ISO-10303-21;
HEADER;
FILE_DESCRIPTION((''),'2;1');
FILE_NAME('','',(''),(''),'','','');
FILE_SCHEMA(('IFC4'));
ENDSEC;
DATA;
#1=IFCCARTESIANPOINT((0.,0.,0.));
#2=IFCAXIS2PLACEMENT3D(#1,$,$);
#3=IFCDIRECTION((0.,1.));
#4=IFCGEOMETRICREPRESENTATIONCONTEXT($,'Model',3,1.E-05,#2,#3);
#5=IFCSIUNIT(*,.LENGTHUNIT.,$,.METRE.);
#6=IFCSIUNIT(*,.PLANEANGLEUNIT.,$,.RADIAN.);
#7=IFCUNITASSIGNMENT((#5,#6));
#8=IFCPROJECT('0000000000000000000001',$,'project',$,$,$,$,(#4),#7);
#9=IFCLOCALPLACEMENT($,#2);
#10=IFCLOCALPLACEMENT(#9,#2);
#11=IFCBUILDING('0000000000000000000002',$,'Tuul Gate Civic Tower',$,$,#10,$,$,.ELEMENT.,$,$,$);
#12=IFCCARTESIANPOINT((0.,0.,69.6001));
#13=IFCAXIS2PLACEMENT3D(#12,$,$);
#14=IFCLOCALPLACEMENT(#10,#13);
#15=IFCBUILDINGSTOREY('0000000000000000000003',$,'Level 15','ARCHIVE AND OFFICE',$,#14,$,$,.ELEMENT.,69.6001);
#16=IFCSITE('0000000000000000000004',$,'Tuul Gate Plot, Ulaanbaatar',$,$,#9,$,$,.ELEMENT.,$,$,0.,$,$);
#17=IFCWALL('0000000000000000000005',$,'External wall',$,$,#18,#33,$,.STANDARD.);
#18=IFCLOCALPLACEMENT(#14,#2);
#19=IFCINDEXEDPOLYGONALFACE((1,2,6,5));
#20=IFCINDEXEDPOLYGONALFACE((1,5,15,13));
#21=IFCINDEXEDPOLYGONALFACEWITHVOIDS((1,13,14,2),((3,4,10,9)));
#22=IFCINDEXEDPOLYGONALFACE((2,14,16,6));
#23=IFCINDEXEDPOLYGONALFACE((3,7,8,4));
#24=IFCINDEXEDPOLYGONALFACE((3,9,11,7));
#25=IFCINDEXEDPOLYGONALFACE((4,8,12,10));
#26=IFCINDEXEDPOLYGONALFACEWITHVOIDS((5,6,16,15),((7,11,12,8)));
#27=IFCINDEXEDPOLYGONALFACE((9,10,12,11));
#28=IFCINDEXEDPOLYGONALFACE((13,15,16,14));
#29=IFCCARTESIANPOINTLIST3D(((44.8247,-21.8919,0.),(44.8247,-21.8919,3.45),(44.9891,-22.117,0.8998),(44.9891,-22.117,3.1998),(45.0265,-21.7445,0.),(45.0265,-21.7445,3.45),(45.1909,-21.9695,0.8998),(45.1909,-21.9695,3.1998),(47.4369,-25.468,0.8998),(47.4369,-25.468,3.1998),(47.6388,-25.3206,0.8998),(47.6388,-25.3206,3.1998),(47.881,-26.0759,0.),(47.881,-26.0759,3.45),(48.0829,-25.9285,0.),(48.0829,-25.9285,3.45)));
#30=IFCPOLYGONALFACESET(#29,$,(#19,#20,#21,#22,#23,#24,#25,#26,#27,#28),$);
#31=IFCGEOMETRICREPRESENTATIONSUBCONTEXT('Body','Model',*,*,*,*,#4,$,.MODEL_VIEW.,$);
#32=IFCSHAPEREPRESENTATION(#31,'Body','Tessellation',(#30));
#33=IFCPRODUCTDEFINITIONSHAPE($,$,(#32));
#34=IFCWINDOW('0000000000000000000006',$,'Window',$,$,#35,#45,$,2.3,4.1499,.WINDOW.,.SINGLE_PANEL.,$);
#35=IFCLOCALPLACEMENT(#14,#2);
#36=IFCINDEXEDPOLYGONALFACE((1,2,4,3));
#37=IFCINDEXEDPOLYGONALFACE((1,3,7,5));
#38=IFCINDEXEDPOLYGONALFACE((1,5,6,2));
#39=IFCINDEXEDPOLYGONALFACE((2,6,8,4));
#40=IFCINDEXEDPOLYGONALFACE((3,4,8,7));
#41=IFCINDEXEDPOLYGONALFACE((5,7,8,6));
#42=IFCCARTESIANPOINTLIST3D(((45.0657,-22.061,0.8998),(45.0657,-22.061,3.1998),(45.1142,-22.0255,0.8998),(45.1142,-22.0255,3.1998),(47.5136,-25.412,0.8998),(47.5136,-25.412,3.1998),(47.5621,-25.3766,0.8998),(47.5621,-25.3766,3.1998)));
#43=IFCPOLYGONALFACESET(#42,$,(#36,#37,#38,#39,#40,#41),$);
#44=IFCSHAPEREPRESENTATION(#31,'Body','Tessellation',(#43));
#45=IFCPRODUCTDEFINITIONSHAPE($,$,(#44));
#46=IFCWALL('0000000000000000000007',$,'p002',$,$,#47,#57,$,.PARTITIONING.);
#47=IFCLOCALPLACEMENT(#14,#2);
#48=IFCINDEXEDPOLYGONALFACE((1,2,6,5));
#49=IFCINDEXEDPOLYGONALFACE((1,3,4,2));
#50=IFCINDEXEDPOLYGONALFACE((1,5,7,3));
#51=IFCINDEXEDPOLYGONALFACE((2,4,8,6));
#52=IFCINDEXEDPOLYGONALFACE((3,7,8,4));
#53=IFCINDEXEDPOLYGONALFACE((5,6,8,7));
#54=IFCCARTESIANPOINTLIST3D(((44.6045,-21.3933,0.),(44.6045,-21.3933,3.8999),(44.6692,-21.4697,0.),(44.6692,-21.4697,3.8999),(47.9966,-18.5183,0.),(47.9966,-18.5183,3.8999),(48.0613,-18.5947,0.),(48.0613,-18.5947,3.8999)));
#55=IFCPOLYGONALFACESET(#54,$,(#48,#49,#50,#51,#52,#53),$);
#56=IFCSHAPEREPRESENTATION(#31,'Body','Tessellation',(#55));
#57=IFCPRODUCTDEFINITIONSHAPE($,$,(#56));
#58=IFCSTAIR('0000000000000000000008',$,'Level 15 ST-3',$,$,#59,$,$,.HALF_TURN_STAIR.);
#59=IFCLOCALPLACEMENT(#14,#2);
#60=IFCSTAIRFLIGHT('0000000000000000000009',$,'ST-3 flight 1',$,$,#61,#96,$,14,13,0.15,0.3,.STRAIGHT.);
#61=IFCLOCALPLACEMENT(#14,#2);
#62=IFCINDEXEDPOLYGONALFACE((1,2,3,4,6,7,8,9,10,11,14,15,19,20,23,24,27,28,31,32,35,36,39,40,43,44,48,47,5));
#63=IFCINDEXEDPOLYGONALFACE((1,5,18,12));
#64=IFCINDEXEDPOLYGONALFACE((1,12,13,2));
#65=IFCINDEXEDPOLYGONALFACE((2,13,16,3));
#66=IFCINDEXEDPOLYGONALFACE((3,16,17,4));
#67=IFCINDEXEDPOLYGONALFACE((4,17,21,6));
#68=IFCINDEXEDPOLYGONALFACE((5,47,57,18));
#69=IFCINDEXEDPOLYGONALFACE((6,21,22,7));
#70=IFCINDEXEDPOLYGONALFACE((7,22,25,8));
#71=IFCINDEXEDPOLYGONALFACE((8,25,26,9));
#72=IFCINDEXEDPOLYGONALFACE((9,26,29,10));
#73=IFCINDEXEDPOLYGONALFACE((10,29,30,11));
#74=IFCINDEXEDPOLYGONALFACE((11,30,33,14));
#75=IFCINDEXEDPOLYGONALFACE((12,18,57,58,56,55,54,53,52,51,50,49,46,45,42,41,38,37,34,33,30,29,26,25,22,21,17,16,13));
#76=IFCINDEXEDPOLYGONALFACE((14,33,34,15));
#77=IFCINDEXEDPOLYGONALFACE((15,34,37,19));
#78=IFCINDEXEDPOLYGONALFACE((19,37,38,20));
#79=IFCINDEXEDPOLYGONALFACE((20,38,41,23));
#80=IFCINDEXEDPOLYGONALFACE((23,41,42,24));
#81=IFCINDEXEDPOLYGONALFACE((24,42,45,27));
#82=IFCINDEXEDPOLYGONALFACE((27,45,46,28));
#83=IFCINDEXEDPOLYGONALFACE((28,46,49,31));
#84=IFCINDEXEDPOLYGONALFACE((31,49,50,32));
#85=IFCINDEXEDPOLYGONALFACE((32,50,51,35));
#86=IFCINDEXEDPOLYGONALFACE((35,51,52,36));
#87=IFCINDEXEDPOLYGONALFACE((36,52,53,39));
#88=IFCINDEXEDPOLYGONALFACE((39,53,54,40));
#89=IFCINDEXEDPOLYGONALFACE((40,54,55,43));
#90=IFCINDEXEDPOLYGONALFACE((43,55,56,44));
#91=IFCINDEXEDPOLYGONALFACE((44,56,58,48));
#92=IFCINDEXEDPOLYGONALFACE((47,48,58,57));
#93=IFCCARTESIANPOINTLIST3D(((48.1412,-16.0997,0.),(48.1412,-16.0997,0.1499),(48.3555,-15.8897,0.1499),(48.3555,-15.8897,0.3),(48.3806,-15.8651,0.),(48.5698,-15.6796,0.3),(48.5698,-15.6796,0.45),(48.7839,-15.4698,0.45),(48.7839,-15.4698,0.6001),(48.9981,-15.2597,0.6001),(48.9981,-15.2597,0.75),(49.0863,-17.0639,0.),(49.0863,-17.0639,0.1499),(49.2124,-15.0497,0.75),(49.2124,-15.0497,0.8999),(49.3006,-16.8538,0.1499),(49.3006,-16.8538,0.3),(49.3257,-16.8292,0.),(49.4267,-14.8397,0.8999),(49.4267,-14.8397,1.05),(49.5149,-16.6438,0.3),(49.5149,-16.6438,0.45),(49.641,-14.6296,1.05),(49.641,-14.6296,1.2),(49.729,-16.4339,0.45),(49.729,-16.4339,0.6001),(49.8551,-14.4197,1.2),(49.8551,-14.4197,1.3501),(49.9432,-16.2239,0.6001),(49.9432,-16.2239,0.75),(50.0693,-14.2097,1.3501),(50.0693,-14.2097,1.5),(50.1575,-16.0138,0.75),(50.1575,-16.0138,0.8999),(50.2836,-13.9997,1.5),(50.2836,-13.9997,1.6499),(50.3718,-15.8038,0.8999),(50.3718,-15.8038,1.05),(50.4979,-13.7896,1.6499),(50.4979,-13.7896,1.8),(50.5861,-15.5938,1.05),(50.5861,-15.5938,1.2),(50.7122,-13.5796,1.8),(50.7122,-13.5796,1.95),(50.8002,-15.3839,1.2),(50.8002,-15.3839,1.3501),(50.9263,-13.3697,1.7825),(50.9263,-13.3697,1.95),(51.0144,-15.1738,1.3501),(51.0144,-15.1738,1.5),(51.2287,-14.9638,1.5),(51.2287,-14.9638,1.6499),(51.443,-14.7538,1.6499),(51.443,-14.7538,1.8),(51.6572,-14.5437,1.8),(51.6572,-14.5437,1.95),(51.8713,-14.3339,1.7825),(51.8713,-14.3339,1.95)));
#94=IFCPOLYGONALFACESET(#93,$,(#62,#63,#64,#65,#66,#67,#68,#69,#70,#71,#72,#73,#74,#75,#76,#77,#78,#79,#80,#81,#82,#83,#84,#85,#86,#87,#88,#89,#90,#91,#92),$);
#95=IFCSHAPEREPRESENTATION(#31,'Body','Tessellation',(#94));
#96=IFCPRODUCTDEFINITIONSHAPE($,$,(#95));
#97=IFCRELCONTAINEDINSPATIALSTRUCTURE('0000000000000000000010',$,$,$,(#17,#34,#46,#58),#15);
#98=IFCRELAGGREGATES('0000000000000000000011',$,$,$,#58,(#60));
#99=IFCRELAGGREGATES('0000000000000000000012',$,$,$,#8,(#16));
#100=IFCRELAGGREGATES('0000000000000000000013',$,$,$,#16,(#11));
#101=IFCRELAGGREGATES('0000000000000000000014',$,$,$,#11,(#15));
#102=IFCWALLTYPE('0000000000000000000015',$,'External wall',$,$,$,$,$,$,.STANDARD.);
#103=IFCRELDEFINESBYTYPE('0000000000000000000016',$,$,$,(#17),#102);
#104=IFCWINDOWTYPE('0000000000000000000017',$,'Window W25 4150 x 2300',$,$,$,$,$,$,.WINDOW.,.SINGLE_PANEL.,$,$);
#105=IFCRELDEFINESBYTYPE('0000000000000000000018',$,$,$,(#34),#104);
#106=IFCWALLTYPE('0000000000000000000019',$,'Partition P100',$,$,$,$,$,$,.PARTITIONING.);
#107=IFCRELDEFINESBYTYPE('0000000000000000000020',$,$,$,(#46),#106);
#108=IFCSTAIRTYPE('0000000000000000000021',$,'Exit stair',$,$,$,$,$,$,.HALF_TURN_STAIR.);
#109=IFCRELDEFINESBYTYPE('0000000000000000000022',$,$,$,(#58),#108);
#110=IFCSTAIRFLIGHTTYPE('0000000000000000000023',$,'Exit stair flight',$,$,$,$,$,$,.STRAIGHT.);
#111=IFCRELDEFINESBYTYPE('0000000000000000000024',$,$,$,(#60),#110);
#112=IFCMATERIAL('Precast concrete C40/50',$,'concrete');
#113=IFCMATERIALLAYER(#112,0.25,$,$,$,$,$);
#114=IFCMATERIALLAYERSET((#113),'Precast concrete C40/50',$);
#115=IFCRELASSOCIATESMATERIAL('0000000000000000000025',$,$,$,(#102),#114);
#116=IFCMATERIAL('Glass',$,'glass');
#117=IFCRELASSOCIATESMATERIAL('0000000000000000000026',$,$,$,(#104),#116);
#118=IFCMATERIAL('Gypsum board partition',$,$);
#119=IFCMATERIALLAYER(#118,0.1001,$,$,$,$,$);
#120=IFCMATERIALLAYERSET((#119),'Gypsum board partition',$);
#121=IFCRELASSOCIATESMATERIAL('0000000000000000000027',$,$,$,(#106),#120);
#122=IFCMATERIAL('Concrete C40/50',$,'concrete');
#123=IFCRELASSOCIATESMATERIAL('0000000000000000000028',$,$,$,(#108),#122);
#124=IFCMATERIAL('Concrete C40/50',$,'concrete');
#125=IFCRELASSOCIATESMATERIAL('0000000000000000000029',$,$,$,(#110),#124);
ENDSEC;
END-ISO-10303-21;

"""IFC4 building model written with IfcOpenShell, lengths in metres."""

from ifc_helpers import new_model, si_unit, direction, frame, frame_2d, origin, place, context, subcontext, project, spatial, polyline, rectangle, outline, extrude, material, layer, layer_set, type_object, element, fill, aggregate, save


model = new_model("IFC4")

# Units and contexts
model_context = context("Model", 3, precision=1e-05, world=origin(), true_north=direction((0.0, 1.0)))
body_context = subcontext(model_context, "Body", "Model", "MODEL_VIEW")
ifc_project = project(units=[si_unit("LENGTHUNIT", "METRE"), si_unit("PLANEANGLEUNIT", "RADIAN")], contexts=[model_context])

# Site, building, storey
site_placement = place(None, origin())
site = spatial("IfcSite", under=ifc_project, at=site_placement, Name="Tuul Gate Plot, Ulaanbaatar", CompositionType="ELEMENT", RefElevation=0.0)
building_placement = place(site_placement, origin())
building = spatial("IfcBuilding", under=site, at=building_placement, Name="Tuul Gate Civic Tower", CompositionType="ELEMENT")
storey_placement = place(building_placement, frame((0.0, 0.0, 69.6001)))
storey = spatial("IfcBuildingStorey", under=building, at=storey_placement, Name="Level 15", Description="ARCHIVE AND OFFICE", CompositionType="ELEMENT", Elevation=69.6001)

# Wall, opening, window
ifc_material_1 = material(Name="Precast concrete C40/50", Category="concrete")
ifc_layer_1 = layer(ifc_material_1, 0.25)
ifc_layer_set_1 = layer_set([ifc_layer_1], Name="Precast concrete C40/50")
wall_type_1 = type_object("IfcWallType", Name="External wall", PredefinedType="STANDARD", material=ifc_layer_set_1)
wall_1_placement = place(storey_placement, frame((44.9255, -21.8181, 0.0), z_axis=(0.0, 0.0, 1.0), x_axis=(0.589865, -0.807502, 0.0)))
wall_1 = element("IfcWall", 1, at=wall_1_placement, inside=storey, type_object=wall_type_1, Name="External wall", PredefinedType="STANDARD", context=body_context, shape_type="SweptSolid", body=[
    extrude(rectangle(XDim=5.1814, YDim=0.25, at=frame_2d((2.5908, 0.0))), origin(), (0.0, 0.0, 1.0), 3.45),
])
opening_1_placement = place(wall_1_placement, frame((0.2788, 0.0, 0.8999)))
opening_1 = element("IfcOpeningElement", 2, at=opening_1_placement, cuts=wall_1, PredefinedType="OPENING", context=body_context, shape_type="SweptSolid", body=[
    extrude(rectangle(XDim=4.1499, YDim=2.3, at=frame_2d((2.075, 1.1499))), frame((0.0, 0.135, 0.0), z_axis=(0.0, -1.0, 0.0), x_axis=(1.0, 0.0, 0.0)), (0.0, 0.0, 1.0), 0.27),
])
ifc_material_2 = material(Name="Glass", Category="glass")
window_type = type_object("IfcWindowType", Name="Window W25 4150 x 2300", PartitioningType="SINGLE_PANEL", PredefinedType="WINDOW", material=ifc_material_2)
window_placement = place(opening_1_placement, origin())
window = element("IfcWindow", 3, at=window_placement, inside=storey, type_object=window_type, Name="Window", OverallHeight=2.3, OverallWidth=4.1499, PartitioningType="SINGLE_PANEL", PredefinedType="WINDOW", context=body_context, shape_type="SweptSolid", body=[
    extrude(rectangle(XDim=4.1499, YDim=2.3, at=frame_2d((2.075, 1.1499))), frame((0.0, 0.03, 0.0), z_axis=(0.0, -1.0, 0.0), x_axis=(1.0, 0.0, 0.0)), (0.0, 0.0, 1.0), 0.0601),
])
fill(opening_1, window)

# Wall
ifc_material_3 = material(Name="Gypsum board partition")
ifc_layer_2 = layer(ifc_material_3, 0.1001)
ifc_layer_set_2 = layer_set([ifc_layer_2], Name="Gypsum board partition")
wall_type_2 = type_object("IfcWallType", Name="Partition P100", PredefinedType="PARTITIONING", material=ifc_layer_set_2)
wall_2_placement = place(storey_placement, frame((44.637, -21.4314, 0.0), z_axis=(0.0, 0.0, 1.0), x_axis=(0.762857, 0.646567, 0.0)))
element("IfcWall", 4, at=wall_2_placement, inside=storey, type_object=wall_type_2, Name="p002", PredefinedType="PARTITIONING", context=body_context, shape_type="SweptSolid", body=[
    extrude(rectangle(XDim=4.4465, YDim=0.1001, at=frame_2d((2.2231, 0.0))), origin(), (0.0, 0.0, 1.0), 3.8999),
])

# Stair, stair flight
ifc_material_4 = material(Name="Concrete C40/50", Category="concrete")
stair_type = type_object("IfcStairType", Name="Exit stair", PredefinedType="HALF_TURN_STAIR", material=ifc_material_4)
stair_placement = place(storey_placement, origin())
stair = element("IfcStair", 5, at=stair_placement, inside=storey, type_object=stair_type, Name="Level 15 ST-3", PredefinedType="HALF_TURN_STAIR")
ifc_material_5 = material(Name="Concrete C40/50", Category="concrete")
stair_flight_type = type_object("IfcStairFlightType", Name="Exit stair flight", PredefinedType="STRAIGHT", material=ifc_material_5)
stair_flight_placement = place(storey_placement, frame((48.6138, -16.5818, 0.0), z_axis=(0.0, 0.0, 1.0), x_axis=(0.714127, 0.700016, 0.0)))
stair_flight = element("IfcStairFlight", 6, at=stair_flight_placement, type_object=stair_flight_type, Name="ST-3 flight 1", NumberOfRisers=14, NumberOfTreads=13, PredefinedType="STRAIGHT", RiserHeight=0.15, TreadLength=0.3, context=body_context, shape_type="SweptSolid", body=[
    extrude(outline(polyline([(0.0, 0.0), (0.0, 0.1499), (0.3, 0.1499), (0.3, 0.3), (0.6001, 0.3), (0.6001, 0.45), (0.8999, 0.45), (0.8999, 0.6001), (1.2, 0.6001), (1.2, 0.75), (1.5, 0.75), (1.5, 0.8999), (1.8, 0.8999), (1.8, 1.05), (2.1001, 1.05), (2.1001, 1.2), (2.3999, 1.2), (2.3999, 1.3501), (2.7, 1.3501), (2.7, 1.5), (3.0, 1.5), (3.0, 1.6499), (3.3, 1.6499), (3.3, 1.8), (3.6001, 1.8), (3.6001, 1.95), (3.8999, 1.95), (3.8999, 2.1001), (3.8999, 1.7825), (0.3352, 0.0), (0.0, 0.0)])), frame((0.0, 0.675, 0.0), z_axis=(0.0, -1.0, 0.0), x_axis=(1.0, 0.0, 0.0)), (0.0, 0.0, 1.0), 1.3501),
])
aggregate(stair, [stair_flight])

save(model, "model.ifc")
